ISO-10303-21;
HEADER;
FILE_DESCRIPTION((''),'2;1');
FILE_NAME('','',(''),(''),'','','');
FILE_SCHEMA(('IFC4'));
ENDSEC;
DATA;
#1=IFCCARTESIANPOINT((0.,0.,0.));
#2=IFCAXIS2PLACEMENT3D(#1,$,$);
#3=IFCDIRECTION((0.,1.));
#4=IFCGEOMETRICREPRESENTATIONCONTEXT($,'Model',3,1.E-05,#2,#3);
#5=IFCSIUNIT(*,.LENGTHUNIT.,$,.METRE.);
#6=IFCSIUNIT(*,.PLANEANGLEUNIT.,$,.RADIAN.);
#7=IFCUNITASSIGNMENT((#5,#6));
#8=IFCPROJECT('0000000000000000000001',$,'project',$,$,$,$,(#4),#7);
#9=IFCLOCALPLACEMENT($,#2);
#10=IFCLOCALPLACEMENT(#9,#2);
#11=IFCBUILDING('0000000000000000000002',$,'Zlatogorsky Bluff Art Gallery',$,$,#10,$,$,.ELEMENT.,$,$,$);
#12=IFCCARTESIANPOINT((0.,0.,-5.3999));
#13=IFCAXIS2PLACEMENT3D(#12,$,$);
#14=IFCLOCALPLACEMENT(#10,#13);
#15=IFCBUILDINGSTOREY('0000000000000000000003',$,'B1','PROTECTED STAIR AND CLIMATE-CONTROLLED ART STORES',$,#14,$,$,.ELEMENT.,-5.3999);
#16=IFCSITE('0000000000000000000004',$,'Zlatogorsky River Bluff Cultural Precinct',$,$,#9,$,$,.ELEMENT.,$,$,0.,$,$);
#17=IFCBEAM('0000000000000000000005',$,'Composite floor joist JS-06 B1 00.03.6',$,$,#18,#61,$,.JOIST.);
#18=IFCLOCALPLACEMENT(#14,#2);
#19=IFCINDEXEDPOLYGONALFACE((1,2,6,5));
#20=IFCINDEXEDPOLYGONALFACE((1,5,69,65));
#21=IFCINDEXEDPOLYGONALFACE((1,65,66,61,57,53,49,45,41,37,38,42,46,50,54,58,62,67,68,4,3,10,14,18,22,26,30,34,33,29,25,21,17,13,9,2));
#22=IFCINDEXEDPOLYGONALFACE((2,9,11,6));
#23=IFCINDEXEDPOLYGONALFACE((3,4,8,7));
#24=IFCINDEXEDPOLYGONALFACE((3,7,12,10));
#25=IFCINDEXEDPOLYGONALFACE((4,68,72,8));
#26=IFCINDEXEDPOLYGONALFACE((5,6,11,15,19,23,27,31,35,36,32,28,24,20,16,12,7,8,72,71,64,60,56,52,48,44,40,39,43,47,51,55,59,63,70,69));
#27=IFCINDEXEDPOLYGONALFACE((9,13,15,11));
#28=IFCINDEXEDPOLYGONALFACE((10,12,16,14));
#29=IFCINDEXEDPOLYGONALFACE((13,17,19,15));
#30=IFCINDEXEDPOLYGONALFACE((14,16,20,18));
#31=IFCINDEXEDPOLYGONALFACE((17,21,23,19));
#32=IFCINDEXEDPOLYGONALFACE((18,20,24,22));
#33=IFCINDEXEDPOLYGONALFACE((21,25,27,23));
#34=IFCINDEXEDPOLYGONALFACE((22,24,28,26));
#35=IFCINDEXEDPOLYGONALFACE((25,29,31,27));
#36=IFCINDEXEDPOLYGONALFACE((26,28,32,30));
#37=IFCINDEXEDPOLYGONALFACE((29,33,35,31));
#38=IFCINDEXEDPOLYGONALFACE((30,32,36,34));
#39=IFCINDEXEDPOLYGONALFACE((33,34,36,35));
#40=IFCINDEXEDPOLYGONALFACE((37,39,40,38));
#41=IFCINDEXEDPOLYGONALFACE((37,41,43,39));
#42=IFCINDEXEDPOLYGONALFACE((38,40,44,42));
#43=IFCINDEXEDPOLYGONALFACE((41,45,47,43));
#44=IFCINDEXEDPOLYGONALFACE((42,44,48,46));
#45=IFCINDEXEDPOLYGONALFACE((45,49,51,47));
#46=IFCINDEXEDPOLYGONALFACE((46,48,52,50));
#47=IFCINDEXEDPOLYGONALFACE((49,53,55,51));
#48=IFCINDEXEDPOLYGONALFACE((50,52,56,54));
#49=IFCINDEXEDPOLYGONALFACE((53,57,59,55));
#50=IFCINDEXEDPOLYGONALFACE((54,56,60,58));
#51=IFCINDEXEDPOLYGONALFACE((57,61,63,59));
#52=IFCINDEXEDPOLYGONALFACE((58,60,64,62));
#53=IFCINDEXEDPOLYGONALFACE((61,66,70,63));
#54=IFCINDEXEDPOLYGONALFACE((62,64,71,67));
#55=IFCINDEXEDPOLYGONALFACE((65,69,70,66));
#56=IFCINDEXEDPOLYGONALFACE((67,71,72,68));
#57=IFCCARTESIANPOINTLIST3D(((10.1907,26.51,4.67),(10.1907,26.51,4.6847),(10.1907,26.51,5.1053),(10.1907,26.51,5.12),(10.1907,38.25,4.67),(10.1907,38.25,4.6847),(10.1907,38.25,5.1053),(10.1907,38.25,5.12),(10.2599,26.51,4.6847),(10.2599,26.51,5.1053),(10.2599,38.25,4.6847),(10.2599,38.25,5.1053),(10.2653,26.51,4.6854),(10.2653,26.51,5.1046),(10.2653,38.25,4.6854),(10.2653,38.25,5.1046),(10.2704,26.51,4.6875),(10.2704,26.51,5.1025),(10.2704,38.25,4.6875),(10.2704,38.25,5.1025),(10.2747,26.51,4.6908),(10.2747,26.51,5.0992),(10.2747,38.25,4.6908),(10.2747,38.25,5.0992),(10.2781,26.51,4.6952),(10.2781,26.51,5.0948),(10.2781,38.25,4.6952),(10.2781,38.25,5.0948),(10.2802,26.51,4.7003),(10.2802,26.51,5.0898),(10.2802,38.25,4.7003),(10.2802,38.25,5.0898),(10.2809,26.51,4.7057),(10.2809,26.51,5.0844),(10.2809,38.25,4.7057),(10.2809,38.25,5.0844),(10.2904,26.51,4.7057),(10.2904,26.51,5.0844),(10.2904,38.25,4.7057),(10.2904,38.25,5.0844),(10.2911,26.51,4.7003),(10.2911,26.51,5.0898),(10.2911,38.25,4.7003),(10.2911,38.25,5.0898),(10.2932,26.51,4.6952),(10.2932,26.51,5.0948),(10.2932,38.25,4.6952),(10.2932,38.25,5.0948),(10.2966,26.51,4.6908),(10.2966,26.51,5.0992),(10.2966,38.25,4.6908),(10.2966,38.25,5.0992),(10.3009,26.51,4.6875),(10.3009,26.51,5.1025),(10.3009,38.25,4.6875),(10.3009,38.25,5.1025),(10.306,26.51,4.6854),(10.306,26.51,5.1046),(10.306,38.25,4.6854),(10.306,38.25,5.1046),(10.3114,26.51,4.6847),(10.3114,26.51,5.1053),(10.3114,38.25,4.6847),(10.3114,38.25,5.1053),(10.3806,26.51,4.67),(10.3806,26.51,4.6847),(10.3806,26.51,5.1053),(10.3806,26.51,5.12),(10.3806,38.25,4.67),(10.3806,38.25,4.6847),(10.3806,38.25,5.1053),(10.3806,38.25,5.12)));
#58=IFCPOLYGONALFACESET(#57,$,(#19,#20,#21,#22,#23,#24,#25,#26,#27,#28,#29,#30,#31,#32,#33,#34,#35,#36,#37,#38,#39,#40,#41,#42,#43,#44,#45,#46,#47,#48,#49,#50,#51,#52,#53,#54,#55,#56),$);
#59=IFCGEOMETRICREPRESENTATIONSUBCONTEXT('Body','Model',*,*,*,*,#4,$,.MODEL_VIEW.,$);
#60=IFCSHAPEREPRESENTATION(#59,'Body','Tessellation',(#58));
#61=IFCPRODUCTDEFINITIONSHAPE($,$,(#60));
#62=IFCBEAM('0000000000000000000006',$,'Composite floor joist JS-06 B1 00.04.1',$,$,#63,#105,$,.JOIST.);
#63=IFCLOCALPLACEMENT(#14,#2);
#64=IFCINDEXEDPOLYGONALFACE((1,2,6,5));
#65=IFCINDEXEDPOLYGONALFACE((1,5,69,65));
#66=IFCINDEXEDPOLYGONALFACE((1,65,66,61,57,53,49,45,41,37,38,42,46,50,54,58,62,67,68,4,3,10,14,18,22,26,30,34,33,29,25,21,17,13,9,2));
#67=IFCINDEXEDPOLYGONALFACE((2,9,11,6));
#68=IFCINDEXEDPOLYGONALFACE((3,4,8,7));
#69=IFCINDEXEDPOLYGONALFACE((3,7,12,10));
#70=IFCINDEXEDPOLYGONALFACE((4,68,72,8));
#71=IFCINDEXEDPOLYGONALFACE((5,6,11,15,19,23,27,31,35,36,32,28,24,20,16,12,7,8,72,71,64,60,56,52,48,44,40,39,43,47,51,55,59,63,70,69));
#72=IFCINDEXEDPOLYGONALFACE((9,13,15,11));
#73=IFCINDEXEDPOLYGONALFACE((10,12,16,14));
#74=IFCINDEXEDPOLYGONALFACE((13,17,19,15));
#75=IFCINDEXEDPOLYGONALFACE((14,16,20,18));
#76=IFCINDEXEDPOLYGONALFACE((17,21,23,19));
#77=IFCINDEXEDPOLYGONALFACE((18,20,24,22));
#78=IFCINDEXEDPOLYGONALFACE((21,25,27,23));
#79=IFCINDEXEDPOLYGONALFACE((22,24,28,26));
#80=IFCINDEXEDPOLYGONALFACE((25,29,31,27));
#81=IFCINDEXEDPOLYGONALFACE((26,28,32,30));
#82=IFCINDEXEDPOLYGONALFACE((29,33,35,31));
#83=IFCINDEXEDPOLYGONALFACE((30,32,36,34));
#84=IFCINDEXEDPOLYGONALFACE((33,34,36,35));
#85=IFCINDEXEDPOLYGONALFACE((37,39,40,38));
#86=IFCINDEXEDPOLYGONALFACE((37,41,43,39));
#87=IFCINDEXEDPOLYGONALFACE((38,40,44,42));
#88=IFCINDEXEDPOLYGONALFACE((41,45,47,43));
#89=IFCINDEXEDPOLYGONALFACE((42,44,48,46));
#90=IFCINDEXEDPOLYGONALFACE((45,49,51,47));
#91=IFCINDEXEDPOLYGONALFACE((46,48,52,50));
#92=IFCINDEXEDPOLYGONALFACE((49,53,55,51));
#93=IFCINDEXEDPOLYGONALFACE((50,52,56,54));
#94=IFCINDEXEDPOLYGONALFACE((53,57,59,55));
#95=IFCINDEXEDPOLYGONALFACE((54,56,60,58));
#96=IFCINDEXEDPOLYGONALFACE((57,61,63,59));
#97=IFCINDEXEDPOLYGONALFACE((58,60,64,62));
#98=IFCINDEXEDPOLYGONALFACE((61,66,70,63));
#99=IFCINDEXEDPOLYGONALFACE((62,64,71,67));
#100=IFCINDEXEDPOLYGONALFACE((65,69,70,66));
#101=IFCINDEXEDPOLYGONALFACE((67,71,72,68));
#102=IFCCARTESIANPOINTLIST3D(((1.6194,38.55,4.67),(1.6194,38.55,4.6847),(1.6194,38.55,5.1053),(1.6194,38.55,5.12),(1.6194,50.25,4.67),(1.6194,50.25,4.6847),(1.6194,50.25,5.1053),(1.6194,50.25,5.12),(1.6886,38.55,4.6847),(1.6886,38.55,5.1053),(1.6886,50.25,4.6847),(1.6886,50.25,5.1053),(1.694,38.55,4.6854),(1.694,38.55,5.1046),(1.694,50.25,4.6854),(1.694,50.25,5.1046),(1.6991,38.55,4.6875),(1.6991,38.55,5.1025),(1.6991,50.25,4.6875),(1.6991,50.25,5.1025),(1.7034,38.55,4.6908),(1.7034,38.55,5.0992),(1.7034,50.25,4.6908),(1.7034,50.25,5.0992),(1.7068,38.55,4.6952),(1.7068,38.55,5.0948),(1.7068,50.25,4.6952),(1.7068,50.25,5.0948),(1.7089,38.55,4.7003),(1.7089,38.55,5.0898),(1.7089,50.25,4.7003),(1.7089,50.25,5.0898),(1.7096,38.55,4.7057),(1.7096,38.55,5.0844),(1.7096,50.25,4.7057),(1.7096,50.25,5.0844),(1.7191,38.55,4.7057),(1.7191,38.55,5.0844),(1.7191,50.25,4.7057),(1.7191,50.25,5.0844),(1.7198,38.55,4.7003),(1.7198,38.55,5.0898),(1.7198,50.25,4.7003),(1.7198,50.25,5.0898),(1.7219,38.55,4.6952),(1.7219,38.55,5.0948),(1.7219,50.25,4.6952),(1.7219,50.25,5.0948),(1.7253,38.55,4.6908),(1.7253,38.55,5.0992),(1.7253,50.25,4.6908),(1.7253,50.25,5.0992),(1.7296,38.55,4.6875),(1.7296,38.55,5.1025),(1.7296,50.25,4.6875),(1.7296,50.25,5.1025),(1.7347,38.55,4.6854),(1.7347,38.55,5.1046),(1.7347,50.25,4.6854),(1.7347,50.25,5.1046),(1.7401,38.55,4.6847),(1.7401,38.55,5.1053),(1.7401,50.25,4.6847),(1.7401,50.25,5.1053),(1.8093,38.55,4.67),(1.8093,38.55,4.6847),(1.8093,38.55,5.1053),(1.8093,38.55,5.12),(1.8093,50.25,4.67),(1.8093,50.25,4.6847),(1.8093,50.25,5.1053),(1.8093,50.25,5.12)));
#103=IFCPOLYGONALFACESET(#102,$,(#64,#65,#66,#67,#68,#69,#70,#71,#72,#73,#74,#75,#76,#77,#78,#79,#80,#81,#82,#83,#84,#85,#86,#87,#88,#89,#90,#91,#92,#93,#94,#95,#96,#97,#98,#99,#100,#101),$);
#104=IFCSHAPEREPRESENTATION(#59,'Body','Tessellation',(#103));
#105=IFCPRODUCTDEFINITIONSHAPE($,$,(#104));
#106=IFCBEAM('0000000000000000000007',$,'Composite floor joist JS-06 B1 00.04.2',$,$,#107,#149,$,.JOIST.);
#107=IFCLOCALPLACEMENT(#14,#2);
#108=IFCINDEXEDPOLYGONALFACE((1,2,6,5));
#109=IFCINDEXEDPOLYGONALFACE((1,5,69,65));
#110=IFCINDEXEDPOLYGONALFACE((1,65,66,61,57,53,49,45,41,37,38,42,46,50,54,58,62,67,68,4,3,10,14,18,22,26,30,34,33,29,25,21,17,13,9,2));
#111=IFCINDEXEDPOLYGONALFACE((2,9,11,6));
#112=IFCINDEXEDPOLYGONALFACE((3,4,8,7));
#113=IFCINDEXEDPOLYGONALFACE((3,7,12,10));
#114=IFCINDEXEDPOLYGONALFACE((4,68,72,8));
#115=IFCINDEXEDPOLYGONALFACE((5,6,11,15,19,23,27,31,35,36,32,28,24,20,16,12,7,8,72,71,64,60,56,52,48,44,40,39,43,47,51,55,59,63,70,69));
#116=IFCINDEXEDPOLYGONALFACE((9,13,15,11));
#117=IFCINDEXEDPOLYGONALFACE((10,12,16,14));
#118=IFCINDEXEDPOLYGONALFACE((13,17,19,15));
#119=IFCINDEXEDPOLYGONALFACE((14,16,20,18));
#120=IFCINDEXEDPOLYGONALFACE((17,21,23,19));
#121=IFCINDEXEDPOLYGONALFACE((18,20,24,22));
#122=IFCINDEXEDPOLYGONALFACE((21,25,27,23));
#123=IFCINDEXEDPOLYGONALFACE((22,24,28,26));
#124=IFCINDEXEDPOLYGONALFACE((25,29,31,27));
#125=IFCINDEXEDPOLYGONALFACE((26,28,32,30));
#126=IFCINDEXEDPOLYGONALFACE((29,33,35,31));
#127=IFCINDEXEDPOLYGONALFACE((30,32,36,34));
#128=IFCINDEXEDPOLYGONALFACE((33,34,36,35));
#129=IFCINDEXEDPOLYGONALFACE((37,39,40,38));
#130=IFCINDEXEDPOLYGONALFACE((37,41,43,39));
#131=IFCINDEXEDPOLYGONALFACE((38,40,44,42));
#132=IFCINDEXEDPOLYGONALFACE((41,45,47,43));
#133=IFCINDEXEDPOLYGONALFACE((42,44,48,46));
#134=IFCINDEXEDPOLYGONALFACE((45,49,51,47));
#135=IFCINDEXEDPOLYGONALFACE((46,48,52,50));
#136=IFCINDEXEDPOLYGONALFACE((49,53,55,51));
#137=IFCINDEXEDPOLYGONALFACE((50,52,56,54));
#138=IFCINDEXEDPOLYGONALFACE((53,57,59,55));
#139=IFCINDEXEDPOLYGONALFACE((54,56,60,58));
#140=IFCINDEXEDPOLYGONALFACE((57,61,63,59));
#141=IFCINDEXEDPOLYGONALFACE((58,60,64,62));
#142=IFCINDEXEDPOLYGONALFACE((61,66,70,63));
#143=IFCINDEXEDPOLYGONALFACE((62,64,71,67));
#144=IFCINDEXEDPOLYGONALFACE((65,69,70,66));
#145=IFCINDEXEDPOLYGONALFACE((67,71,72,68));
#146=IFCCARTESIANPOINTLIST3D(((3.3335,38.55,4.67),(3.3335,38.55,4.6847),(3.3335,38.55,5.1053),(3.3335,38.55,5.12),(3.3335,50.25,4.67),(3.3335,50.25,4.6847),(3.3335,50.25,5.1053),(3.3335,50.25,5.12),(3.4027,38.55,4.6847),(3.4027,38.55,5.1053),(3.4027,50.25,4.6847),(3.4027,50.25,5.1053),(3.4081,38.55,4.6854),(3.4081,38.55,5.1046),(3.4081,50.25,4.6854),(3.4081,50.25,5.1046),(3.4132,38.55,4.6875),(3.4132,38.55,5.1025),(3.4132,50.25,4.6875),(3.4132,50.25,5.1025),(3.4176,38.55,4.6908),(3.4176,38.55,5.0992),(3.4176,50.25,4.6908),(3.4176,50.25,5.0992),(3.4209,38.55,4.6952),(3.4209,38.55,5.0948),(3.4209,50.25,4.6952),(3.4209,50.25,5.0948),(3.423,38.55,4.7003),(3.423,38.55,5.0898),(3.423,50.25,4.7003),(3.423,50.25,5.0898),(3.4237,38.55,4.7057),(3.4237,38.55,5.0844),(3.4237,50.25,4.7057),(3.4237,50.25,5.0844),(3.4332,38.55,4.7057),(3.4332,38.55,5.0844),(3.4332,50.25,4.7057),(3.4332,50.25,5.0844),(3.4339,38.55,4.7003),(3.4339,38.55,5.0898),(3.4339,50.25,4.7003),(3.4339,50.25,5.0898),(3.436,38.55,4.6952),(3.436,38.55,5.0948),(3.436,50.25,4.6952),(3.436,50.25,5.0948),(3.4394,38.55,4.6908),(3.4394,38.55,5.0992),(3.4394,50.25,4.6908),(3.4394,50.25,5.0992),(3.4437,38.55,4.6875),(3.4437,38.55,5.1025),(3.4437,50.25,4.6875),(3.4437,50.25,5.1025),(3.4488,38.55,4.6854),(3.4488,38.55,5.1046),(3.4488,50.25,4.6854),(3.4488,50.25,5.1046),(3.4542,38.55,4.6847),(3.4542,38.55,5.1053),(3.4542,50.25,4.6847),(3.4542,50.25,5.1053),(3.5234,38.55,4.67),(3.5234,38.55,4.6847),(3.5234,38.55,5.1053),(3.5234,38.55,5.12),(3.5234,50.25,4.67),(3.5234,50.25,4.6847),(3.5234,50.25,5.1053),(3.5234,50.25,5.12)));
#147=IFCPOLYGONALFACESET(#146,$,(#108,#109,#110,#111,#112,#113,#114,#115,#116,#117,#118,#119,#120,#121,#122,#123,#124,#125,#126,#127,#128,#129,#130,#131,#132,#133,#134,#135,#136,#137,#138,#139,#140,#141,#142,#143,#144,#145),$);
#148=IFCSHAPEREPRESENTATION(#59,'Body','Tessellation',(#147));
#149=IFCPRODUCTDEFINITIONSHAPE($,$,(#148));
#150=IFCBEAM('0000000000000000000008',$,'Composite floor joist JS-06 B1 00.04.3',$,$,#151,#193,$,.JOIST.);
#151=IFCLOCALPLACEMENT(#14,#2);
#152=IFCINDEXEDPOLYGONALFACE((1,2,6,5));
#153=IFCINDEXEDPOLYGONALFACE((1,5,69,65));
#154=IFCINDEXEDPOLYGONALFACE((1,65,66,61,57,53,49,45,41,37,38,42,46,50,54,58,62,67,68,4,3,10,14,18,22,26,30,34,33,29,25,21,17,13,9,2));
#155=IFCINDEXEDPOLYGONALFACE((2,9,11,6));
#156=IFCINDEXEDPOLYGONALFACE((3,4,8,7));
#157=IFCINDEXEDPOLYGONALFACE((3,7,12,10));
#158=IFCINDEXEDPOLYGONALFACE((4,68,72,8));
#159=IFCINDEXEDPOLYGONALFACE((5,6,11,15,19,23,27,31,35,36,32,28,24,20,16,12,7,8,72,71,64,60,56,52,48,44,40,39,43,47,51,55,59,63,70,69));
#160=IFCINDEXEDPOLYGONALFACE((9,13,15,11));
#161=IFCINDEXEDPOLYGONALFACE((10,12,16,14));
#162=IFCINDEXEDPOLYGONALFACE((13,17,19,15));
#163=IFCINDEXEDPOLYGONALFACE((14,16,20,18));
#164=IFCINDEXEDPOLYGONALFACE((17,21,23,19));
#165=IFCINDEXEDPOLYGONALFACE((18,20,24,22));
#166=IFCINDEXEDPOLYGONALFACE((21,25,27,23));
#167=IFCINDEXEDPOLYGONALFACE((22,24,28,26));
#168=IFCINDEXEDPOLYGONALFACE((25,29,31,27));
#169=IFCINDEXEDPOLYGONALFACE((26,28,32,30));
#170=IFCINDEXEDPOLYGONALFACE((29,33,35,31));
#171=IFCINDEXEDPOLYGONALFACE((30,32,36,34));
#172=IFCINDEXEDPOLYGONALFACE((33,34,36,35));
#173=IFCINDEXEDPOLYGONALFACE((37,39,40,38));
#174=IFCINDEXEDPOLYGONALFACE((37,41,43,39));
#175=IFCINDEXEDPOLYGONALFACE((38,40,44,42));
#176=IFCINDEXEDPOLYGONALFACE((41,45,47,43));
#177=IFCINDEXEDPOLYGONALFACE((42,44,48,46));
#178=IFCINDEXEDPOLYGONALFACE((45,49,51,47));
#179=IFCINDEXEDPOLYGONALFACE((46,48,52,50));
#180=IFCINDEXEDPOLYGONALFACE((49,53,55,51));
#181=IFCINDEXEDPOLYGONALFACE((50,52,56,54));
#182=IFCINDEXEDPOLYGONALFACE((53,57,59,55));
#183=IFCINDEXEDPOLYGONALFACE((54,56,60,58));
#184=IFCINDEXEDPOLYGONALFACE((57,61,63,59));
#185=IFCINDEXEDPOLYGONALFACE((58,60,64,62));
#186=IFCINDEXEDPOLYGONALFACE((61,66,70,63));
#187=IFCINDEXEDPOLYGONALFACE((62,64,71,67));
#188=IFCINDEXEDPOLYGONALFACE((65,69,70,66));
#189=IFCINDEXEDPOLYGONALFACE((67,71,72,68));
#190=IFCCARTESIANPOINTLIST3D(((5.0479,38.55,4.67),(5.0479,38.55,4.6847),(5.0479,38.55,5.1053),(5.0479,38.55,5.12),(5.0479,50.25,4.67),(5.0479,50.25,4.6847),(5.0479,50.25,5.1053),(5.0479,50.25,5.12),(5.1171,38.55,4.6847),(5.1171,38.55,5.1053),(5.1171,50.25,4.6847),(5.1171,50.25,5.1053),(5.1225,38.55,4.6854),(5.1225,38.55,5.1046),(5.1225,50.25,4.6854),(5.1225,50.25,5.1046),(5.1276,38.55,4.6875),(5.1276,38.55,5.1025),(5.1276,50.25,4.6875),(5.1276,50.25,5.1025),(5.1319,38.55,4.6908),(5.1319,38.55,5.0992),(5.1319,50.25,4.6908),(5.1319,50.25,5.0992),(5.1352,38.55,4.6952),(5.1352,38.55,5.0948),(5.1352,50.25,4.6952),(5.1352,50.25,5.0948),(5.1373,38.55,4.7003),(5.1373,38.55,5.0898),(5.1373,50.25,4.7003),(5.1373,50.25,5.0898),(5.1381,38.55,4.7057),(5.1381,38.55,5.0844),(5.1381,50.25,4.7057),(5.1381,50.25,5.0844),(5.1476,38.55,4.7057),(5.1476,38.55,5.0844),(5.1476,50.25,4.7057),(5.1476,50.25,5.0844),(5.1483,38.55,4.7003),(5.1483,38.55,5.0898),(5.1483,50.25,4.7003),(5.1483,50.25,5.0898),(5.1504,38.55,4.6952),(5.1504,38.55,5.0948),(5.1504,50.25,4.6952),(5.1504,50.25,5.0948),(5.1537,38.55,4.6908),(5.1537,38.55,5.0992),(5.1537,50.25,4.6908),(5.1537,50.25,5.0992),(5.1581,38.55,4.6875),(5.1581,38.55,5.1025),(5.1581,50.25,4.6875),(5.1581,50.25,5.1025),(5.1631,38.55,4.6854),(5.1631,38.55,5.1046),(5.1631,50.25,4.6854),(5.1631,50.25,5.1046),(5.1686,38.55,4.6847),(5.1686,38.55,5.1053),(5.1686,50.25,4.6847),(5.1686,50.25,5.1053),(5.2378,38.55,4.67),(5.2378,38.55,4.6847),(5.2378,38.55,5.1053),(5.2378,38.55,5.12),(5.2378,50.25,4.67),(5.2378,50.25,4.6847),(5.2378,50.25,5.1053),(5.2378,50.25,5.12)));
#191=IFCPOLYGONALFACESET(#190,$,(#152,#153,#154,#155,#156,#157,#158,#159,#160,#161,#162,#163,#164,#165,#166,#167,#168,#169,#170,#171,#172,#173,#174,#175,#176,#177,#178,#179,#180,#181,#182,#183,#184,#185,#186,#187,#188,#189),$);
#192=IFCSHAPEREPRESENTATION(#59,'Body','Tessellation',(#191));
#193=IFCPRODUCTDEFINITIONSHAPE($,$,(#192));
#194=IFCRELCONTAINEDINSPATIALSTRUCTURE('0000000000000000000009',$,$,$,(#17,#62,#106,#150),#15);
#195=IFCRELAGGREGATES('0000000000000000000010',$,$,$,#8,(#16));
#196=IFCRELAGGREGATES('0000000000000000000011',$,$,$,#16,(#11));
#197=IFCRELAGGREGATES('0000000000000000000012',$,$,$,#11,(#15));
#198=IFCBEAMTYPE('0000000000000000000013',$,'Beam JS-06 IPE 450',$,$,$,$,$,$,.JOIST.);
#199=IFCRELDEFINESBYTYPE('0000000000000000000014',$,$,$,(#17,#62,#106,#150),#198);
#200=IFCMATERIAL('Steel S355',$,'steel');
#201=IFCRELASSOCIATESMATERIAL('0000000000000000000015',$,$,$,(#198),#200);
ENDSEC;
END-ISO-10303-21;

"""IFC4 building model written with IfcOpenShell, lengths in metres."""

from ifc_helpers import new_model, si_unit, direction, frame, origin, origin_2d, place, context, subcontext, project, spatial, i_section, extrude, material, material_profile, profile_set, type_object, element, save


model = new_model("IFC4")

# Units and contexts
model_context = context("Model", 3, precision=1e-05, world=origin(), true_north=direction((0.0, 1.0)))
body_context = subcontext(model_context, "Body", "Model", "MODEL_VIEW")
ifc_project = project(units=[si_unit("LENGTHUNIT", "METRE"), si_unit("PLANEANGLEUNIT", "RADIAN")], contexts=[model_context])

# Site, building, storey
site_placement = place(None, origin())
site = spatial("IfcSite", under=ifc_project, at=site_placement, Name="Zlatogorsky River Bluff Cultural Precinct", CompositionType="ELEMENT", RefElevation=0.0)
building_placement = place(site_placement, origin())
building = spatial("IfcBuilding", under=site, at=building_placement, Name="Zlatogorsky Bluff Art Gallery", CompositionType="ELEMENT")
storey_placement = place(building_placement, frame((0.0, 0.0, -5.3999)))
storey = spatial("IfcBuildingStorey", under=building, at=storey_placement, Name="B1", Description="PROTECTED STAIR AND CLIMATE-CONTROLLED ART STORES", CompositionType="ELEMENT", Elevation=-5.3999)

# Shared definitions
ifc_material_1 = material(Name="Steel S355", Category="steel")

# Beams
ifc_material_profile_1 = material_profile(ifc_material_1, i_section(OverallWidth=0.1899, OverallDepth=0.45, WebThickness=0.0095, FlangeThickness=0.0146, FilletRadius=0.021, at=origin_2d()), Name="IPE 450")
ifc_profile_set_1 = profile_set([ifc_material_profile_1], Name="Steel S355")
beam_type_1 = type_object("IfcBeamType", Name="Beam JS-06 IPE 450", PredefinedType="JOIST", material=ifc_profile_set_1)
for number, where, z_axis, x_axis, name in (
    (1, (10.2856, 26.51, 4.895), (0.0, 1.0, 0.0), (-1.0, 0.0, 0.0), "Composite floor joist JS-06 B1 00.03.6"),
):
    element("IfcBeam", number, at=place(storey_placement, frame(where, z_axis=z_axis, x_axis=x_axis)), inside=storey, type_object=beam_type_1, Name=name, PredefinedType="JOIST", context=body_context, shape_type="SweptSolid", body=[
        extrude(i_section(OverallWidth=0.1899, OverallDepth=0.45, WebThickness=0.0095, FlangeThickness=0.0146, FilletRadius=0.021, at=origin_2d()), origin(), (0.0, 0.0, 1.0), 11.74),
    ])
for number, where, z_axis, x_axis, name in (
    (2, (1.7144, 38.55, 4.895), (0.0, 1.0, 0.0), (-1.0, 0.0, 0.0), "Composite floor joist JS-06 B1 00.04.1"),
    (3, (3.4285, 38.55, 4.895), (0.0, 1.0, 0.0), (-1.0, 0.0, 0.0), "Composite floor joist JS-06 B1 00.04.2"),
    (4, (5.1428, 38.55, 4.895), (0.0, 1.0, 0.0), (-1.0, 0.0, 0.0), "Composite floor joist JS-06 B1 00.04.3"),
):
    element("IfcBeam", number, at=place(storey_placement, frame(where, z_axis=z_axis, x_axis=x_axis)), inside=storey, type_object=beam_type_1, Name=name, PredefinedType="JOIST", context=body_context, shape_type="SweptSolid", body=[
        extrude(i_section(OverallWidth=0.1899, OverallDepth=0.45, WebThickness=0.0095, FlangeThickness=0.0146, FilletRadius=0.021, at=origin_2d()), origin(), (0.0, 0.0, 1.0), 11.7),
    ])

save(model, "model.ifc")
